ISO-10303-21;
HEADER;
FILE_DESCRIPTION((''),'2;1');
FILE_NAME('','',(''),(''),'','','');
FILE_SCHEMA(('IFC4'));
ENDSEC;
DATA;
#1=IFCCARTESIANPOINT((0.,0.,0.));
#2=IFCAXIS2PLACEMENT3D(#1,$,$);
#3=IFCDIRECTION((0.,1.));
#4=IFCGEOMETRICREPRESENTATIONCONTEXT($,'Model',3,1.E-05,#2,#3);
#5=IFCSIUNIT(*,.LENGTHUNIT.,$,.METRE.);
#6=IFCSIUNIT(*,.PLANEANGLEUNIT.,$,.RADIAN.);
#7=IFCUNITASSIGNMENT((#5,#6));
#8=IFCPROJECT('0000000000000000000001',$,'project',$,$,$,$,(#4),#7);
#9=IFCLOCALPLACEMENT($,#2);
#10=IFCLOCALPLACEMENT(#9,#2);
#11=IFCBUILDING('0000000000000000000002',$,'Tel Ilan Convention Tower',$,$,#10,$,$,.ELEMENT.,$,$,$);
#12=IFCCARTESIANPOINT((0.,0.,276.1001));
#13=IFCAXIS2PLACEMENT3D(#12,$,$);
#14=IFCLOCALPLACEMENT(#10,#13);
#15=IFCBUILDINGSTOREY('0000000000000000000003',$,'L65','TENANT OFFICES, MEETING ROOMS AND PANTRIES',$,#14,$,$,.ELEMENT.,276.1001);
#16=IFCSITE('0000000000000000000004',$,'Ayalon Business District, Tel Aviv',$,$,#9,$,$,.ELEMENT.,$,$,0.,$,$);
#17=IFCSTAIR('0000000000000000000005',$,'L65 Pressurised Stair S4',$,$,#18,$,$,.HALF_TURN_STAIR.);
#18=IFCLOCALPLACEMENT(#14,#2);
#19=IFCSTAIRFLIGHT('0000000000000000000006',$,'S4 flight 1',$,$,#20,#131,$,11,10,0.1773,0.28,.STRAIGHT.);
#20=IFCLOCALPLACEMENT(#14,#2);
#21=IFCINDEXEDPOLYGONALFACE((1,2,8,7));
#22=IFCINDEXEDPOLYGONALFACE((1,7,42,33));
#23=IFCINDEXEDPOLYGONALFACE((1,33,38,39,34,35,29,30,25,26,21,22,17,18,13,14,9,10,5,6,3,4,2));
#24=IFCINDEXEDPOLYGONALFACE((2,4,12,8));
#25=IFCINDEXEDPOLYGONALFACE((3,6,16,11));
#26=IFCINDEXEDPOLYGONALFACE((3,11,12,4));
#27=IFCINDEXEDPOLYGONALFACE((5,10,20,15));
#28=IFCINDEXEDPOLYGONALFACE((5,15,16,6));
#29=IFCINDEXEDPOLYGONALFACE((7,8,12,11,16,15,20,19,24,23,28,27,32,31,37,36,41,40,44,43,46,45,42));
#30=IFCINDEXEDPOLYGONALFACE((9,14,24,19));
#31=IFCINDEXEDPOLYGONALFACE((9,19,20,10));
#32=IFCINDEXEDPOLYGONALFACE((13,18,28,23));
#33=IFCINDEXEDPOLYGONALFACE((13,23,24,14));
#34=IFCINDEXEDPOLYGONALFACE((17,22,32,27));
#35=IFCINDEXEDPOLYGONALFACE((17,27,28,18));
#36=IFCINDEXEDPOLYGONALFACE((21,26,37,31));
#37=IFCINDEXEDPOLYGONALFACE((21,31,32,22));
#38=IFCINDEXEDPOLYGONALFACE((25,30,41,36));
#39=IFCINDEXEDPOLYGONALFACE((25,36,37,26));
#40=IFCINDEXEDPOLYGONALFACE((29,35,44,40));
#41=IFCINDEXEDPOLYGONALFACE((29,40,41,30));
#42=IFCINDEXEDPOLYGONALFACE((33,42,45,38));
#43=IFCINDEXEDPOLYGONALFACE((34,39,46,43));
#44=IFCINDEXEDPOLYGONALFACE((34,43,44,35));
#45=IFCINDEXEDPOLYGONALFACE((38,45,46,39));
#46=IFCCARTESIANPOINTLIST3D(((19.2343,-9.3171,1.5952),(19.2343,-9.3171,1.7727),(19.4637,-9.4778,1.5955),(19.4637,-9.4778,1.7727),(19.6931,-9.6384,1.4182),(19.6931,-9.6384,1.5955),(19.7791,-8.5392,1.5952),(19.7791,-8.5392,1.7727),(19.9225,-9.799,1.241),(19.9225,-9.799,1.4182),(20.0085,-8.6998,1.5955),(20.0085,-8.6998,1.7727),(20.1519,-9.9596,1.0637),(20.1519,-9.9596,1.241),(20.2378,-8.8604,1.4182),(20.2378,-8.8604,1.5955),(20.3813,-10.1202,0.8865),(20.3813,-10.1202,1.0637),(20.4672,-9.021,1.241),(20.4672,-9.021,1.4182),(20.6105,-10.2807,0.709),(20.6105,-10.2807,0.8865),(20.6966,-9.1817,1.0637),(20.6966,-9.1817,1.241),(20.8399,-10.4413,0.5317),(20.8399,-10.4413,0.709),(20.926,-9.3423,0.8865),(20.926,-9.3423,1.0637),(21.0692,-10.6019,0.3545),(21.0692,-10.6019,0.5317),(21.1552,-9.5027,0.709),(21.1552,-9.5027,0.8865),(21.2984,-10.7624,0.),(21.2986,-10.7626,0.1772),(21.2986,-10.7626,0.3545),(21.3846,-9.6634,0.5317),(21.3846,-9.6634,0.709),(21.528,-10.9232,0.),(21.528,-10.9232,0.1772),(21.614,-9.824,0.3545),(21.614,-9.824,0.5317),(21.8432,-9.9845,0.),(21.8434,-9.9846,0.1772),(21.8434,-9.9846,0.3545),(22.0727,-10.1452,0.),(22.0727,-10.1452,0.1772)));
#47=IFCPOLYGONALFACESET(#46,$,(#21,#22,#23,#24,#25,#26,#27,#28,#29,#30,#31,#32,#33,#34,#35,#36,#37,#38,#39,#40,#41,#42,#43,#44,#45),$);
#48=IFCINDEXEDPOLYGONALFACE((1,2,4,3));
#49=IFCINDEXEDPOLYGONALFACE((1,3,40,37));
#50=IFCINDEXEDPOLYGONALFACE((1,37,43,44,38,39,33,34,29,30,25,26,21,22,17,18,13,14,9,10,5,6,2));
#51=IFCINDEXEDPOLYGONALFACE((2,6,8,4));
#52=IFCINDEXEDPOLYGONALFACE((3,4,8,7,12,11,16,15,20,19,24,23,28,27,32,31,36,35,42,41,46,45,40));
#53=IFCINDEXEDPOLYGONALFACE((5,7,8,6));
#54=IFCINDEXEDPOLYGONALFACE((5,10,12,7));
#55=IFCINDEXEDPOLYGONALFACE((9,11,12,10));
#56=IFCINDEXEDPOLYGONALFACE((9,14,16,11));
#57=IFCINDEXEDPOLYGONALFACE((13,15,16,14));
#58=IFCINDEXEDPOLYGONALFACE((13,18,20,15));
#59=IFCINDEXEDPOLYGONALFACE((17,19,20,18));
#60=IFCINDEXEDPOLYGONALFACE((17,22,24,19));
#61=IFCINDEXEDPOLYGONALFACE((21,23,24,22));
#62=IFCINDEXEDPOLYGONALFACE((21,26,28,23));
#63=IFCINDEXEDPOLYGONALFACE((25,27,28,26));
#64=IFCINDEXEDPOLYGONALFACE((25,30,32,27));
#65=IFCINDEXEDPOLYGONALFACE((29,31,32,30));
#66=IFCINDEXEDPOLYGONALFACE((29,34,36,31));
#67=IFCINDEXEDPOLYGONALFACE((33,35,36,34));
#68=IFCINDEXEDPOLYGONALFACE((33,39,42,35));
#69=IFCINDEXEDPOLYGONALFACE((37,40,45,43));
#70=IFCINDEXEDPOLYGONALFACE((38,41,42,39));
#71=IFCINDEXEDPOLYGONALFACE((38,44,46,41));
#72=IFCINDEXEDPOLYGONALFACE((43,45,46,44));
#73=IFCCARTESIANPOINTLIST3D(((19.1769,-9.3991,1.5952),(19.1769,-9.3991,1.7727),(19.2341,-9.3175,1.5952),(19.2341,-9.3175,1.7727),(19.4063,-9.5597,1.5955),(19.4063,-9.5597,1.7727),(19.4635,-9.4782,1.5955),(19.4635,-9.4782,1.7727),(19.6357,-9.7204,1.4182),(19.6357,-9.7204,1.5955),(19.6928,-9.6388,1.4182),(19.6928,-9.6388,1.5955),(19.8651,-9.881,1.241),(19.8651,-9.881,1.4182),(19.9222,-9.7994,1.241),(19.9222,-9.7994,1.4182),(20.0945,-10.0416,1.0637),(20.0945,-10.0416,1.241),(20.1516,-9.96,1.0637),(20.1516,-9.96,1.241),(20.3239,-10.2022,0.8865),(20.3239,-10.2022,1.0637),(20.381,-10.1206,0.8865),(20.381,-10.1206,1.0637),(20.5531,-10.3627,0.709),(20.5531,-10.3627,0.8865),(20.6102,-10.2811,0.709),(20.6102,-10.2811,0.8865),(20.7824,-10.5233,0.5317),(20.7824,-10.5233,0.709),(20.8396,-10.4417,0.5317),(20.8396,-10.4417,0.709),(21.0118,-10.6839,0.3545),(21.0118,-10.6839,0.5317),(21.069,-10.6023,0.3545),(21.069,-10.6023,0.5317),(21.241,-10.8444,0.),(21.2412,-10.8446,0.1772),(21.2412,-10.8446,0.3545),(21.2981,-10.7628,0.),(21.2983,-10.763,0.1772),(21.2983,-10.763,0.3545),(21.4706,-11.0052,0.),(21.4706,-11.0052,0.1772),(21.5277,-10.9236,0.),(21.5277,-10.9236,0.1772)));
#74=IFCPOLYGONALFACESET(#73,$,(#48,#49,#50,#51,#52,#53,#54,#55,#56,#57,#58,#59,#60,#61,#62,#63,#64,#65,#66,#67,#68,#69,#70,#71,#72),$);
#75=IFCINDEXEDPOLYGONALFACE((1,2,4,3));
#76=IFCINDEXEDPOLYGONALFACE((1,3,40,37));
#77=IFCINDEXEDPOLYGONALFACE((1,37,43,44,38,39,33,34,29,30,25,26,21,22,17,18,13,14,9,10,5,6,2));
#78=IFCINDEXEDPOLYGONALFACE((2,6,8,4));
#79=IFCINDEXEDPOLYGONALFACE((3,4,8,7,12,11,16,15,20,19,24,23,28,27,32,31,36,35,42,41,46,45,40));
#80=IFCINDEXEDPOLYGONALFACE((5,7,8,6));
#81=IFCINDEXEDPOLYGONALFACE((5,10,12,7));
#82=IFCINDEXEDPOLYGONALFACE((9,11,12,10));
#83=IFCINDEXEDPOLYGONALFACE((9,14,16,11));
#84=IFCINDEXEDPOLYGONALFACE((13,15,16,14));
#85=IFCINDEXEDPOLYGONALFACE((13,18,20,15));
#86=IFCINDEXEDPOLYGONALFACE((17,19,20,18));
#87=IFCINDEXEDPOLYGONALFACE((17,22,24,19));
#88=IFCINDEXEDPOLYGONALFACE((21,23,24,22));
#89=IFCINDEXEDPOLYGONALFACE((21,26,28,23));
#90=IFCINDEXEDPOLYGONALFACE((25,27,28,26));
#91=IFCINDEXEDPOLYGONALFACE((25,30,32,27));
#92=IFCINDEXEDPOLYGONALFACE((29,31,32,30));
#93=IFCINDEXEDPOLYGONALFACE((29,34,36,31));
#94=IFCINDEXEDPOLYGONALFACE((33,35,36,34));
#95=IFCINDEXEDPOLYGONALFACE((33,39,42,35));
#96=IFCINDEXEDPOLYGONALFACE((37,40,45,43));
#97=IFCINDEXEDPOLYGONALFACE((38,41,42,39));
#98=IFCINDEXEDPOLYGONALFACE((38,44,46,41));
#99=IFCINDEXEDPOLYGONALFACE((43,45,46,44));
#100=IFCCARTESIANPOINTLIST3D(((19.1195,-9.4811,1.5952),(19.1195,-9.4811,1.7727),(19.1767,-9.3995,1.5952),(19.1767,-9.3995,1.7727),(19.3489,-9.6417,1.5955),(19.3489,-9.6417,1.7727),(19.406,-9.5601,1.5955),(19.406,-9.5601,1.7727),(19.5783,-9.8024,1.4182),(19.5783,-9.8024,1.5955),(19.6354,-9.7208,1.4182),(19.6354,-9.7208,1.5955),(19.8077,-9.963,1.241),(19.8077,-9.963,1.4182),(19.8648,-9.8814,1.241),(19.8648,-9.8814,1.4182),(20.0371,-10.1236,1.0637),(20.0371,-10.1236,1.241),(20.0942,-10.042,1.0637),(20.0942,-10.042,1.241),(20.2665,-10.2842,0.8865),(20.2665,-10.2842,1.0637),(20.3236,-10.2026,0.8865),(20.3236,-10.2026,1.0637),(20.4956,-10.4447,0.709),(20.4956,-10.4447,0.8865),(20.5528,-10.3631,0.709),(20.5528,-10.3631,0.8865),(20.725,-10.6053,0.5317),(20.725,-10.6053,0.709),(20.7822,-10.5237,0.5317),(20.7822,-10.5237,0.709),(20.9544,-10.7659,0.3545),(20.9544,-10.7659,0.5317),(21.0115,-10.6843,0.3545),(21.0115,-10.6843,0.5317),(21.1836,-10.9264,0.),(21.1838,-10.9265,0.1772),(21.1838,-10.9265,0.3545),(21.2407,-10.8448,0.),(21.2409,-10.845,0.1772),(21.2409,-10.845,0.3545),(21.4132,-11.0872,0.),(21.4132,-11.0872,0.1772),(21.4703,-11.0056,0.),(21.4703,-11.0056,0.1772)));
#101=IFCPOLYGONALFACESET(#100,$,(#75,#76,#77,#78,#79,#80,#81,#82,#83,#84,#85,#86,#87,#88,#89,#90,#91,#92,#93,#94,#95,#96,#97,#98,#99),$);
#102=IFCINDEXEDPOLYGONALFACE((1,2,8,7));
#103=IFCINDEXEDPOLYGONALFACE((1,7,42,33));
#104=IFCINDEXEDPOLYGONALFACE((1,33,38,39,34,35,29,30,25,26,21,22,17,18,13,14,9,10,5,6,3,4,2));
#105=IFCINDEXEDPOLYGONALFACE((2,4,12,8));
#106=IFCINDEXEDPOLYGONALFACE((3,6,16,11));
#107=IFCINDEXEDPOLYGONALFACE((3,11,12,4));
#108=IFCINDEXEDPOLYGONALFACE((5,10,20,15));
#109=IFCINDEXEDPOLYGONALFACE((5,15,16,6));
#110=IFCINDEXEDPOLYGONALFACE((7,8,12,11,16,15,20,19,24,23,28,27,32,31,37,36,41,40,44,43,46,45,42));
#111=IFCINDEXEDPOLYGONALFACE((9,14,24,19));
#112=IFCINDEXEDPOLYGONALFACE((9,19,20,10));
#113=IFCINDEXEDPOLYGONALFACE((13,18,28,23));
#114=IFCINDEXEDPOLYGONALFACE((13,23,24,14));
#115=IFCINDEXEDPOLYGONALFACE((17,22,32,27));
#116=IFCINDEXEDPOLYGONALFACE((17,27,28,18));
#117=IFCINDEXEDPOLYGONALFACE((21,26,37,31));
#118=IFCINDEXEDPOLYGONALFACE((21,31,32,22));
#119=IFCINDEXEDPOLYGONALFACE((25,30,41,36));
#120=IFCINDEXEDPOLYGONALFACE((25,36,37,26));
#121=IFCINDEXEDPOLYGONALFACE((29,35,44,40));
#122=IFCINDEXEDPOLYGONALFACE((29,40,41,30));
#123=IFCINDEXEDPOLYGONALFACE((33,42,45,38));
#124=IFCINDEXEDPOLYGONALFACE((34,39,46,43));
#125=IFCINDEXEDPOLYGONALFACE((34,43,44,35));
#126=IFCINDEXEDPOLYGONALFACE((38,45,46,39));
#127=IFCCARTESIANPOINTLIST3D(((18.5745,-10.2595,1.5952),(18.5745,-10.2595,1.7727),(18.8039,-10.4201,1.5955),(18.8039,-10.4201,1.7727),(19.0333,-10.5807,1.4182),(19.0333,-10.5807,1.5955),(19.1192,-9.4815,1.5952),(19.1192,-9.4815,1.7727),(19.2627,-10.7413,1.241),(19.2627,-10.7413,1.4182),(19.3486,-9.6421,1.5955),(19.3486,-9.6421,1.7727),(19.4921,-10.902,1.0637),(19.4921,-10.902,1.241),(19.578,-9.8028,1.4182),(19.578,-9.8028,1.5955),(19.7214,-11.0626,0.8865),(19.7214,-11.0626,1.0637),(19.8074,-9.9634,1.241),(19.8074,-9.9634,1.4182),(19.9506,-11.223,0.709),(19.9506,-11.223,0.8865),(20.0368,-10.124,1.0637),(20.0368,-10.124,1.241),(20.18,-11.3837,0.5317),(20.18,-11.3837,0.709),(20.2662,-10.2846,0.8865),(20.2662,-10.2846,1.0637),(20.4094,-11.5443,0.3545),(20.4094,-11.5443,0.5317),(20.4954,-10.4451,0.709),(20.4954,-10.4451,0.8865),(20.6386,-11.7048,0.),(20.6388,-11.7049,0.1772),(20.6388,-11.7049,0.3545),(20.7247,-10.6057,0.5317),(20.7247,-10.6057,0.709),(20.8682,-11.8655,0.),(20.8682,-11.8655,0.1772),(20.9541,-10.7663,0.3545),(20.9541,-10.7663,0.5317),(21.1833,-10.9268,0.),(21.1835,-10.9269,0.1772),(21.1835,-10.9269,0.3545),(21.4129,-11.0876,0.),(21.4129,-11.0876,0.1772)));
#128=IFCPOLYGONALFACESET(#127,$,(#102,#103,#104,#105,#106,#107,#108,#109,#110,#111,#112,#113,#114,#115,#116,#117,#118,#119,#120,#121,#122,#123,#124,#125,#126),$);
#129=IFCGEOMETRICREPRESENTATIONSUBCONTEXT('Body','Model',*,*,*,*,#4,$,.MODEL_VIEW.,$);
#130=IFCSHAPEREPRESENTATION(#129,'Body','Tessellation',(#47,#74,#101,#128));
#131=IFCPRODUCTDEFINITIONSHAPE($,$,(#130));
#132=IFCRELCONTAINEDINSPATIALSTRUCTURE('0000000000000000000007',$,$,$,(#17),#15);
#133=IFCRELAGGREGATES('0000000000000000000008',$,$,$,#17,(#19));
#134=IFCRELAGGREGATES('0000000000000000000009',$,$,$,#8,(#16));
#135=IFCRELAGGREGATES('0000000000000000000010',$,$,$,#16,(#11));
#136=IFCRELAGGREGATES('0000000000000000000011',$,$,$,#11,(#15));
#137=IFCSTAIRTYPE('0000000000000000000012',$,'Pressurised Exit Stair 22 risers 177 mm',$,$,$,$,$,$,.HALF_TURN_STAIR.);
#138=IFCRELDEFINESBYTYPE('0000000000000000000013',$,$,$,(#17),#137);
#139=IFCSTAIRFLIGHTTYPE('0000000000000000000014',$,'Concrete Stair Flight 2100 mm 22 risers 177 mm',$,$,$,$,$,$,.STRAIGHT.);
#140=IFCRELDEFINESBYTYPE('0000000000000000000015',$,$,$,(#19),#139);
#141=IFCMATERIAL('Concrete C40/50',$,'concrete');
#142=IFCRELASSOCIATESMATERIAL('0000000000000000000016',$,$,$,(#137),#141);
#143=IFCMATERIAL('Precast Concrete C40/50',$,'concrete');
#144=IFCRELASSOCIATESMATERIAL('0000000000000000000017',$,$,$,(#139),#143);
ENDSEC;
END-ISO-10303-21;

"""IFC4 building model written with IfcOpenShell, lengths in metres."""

from ifc_helpers import new_model, si_unit, direction, frame, origin, place, context, subcontext, project, spatial, polyline, outline, extrude, material, type_object, element, aggregate, save


model = new_model("IFC4")

# Units and contexts
model_context = context("Model", 3, precision=1e-05, world=origin(), true_north=direction((0.0, 1.0)))
body_context = subcontext(model_context, "Body", "Model", "MODEL_VIEW")
ifc_project = project(units=[si_unit("LENGTHUNIT", "METRE"), si_unit("PLANEANGLEUNIT", "RADIAN")], contexts=[model_context])

# Site, building, storey
site_placement = place(None, origin())
site = spatial("IfcSite", under=ifc_project, at=site_placement, Name="Ayalon Business District, Tel Aviv", CompositionType="ELEMENT", RefElevation=0.0)
building_placement = place(site_placement, origin())
building = spatial("IfcBuilding", under=site, at=building_placement, Name="Tel Ilan Convention Tower", CompositionType="ELEMENT")
storey_placement = place(building_placement, frame((0.0, 0.0, 276.1001)))
storey = spatial("IfcBuildingStorey", under=building, at=storey_placement, Name="L65", Description="TENANT OFFICES, MEETING ROOMS AND PANTRIES", CompositionType="ELEMENT", Elevation=276.1001)

# Shared definitions
ifc_material_1 = material(Name="Concrete C40/50", Category="concrete")
stair_type = type_object("IfcStairType", Name="Pressurised Exit Stair 22 risers 177 mm", PredefinedType="HALF_TURN_STAIR", material=ifc_material_1)
ifc_material_2 = material(Name="Precast Concrete C40/50", Category="concrete")
stair_flight_type = type_object("IfcStairFlightType", Name="Concrete Stair Flight 2100 mm 22 risers 177 mm", PredefinedType="STRAIGHT", material=ifc_material_2)

# Stair, stair flight
stair_1_placement = place(storey_placement, origin())
stair_1 = element("IfcStair", 1, at=stair_1_placement, inside=storey, type_object=stair_type, Name="L65 Pressurised Stair S4", PredefinedType="HALF_TURN_STAIR")
stair_flight_1_placement = place(storey_placement, frame((21.4705, -11.0054, 0.0), z_axis=(0.0, 0.0, 1.0), x_axis=(-0.819152, 0.573576, 0.0)))
stair_flight_1 = element("IfcStairFlight", 2, at=stair_flight_1_placement, type_object=stair_flight_type, Name="S4 flight 1", NumberOfRisers=11, NumberOfTreads=10, PredefinedType="STRAIGHT", RiserHeight=0.1773, TreadLength=0.28, context=body_context, shape_type="SweptSolid", body=[
    extrude(outline(polyline([(0.0, 0.0), (0.0, 0.1772), (0.28, 0.1772), (0.28, 0.3545), (0.5601, 0.3545), (0.5601, 0.5317), (0.8401, 0.5317), (0.8401, 0.709), (1.1201, 0.709), (1.1201, 0.8865), (1.3999, 0.8865), (1.3999, 1.0637), (1.6799, 1.0637), (1.6799, 1.241), (1.96, 1.241), (1.96, 1.4182), (2.24, 1.4182), (2.24, 1.5955), (2.52, 1.5955), (2.52, 1.7727), (2.8, 1.7727), (2.8, 1.95), (2.8, 1.5952), (0.2803, 0.0), (0.0, 0.0)])), frame((0.0, -0.1003, 0.0), z_axis=(0.0, -1.0, 0.0), x_axis=(1.0, 0.0, 0.0)), (0.0, 0.0, 1.0), 0.9497),
    extrude(outline(polyline([(0.0, 0.0), (0.0, 0.1772), (0.28, 0.1772), (0.28, 0.3545), (0.5601, 0.3545), (0.5601, 0.5317), (0.8401, 0.5317), (0.8401, 0.709), (1.1201, 0.709), (1.1201, 0.8865), (1.3999, 0.8865), (1.3999, 1.0637), (1.6799, 1.0637), (1.6799, 1.241), (1.96, 1.241), (1.96, 1.4182), (2.24, 1.4182), (2.24, 1.5955), (2.52, 1.5955), (2.52, 1.7727), (2.8, 1.7727), (2.8, 1.95), (2.8, 1.5952), (0.2803, 0.0), (0.0, 0.0)])), frame((0.0, -0.0002, 0.0), z_axis=(0.0, -1.0, 0.0), x_axis=(1.0, 0.0, 0.0)), (0.0, 0.0, 1.0), 0.0996),
    extrude(outline(polyline([(0.0, 0.0), (0.0, 0.1772), (0.28, 0.1772), (0.28, 0.3545), (0.5601, 0.3545), (0.5601, 0.5317), (0.8401, 0.5317), (0.8401, 0.709), (1.1201, 0.709), (1.1201, 0.8865), (1.3999, 0.8865), (1.3999, 1.0637), (1.6799, 1.0637), (1.6799, 1.241), (1.96, 1.241), (1.96, 1.4182), (2.24, 1.4182), (2.24, 1.5955), (2.52, 1.5955), (2.52, 1.7727), (2.8, 1.7727), (2.8, 1.95), (2.8, 1.5952), (0.2803, 0.0), (0.0, 0.0)])), frame((0.0, 0.0999, 0.0), z_axis=(0.0, -1.0, 0.0), x_axis=(1.0, 0.0, 0.0)), (0.0, 0.0, 1.0), 0.0996),
    extrude(outline(polyline([(0.0, 0.0), (0.0, 0.1772), (0.28, 0.1772), (0.28, 0.3545), (0.5601, 0.3545), (0.5601, 0.5317), (0.8401, 0.5317), (0.8401, 0.709), (1.1201, 0.709), (1.1201, 0.8865), (1.3999, 0.8865), (1.3999, 1.0637), (1.6799, 1.0637), (1.6799, 1.241), (1.96, 1.241), (1.96, 1.4182), (2.24, 1.4182), (2.24, 1.5955), (2.52, 1.5955), (2.52, 1.7727), (2.8, 1.7727), (2.8, 1.95), (2.8, 1.5952), (0.2803, 0.0), (0.0, 0.0)])), frame((0.0, 1.05, 0.0), z_axis=(0.0, -1.0, 0.0), x_axis=(1.0, 0.0, 0.0)), (0.0, 0.0, 1.0), 0.9497),
])
aggregate(stair_1, [stair_flight_1])

save(model, "model.ifc")
